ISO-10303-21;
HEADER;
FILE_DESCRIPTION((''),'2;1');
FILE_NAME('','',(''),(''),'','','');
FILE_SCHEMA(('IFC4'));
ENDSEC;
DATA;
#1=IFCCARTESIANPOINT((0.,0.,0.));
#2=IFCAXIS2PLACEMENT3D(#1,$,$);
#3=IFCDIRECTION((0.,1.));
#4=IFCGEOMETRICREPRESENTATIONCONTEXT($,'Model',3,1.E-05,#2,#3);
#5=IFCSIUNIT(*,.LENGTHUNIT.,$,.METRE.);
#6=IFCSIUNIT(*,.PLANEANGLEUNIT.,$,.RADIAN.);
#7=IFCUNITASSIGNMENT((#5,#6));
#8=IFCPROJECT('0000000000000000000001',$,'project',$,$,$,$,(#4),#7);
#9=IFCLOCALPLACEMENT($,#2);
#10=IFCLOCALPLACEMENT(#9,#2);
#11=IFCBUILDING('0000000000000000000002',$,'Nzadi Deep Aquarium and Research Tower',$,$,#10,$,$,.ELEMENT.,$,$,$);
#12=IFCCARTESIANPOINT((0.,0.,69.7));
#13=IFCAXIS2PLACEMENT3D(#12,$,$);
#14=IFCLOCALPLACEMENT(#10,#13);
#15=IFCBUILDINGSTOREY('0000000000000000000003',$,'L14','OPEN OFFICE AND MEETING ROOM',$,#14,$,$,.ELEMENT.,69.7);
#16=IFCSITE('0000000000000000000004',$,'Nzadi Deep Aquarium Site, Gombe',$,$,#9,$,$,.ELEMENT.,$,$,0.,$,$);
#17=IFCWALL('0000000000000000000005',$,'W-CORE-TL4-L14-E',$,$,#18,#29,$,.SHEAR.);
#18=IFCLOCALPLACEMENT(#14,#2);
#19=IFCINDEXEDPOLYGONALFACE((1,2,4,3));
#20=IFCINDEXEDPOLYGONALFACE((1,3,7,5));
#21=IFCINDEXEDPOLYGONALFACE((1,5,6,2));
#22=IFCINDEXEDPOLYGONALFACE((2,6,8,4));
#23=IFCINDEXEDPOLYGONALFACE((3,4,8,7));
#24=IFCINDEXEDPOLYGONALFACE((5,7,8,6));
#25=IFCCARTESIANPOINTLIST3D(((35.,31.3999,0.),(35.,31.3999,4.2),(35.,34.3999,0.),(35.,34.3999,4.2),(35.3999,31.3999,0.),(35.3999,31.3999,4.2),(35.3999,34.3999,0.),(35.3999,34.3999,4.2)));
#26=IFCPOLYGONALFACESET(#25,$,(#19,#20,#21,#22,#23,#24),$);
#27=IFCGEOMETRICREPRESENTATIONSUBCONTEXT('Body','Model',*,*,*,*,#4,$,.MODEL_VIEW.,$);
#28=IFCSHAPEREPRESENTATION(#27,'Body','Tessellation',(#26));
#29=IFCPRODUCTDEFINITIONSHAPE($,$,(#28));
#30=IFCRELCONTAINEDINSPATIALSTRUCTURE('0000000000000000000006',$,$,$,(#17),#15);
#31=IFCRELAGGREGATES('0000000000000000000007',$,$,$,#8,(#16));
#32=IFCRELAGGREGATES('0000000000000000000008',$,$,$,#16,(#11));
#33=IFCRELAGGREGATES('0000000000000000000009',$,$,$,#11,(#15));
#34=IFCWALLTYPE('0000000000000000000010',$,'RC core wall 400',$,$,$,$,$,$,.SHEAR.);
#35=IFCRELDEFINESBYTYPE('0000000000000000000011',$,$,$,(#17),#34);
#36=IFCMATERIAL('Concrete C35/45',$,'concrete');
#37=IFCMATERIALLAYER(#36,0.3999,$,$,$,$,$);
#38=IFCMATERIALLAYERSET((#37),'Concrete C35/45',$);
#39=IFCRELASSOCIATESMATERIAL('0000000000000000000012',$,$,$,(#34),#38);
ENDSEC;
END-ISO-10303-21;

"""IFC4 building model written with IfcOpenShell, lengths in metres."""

from ifc_helpers import new_model, si_unit, direction, frame, frame_2d, origin, place, context, subcontext, project, spatial, rectangle, extrude, material, layer, layer_set, type_object, element, save


model = new_model("IFC4")

# Units and contexts
model_context = context("Model", 3, precision=1e-05, world=origin(), true_north=direction((0.0, 1.0)))
body_context = subcontext(model_context, "Body", "Model", "MODEL_VIEW")
ifc_project = project(units=[si_unit("LENGTHUNIT", "METRE"), si_unit("PLANEANGLEUNIT", "RADIAN")], contexts=[model_context])

# Site, building, storey
site_placement = place(None, origin())
site = spatial("IfcSite", under=ifc_project, at=site_placement, Name="Nzadi Deep Aquarium Site, Gombe", CompositionType="ELEMENT", RefElevation=0.0)
building_placement = place(site_placement, origin())
building = spatial("IfcBuilding", under=site, at=building_placement, Name="Nzadi Deep Aquarium and Research Tower", CompositionType="ELEMENT")
storey_placement = place(building_placement, frame((0.0, 0.0, 69.7)))
storey = spatial("IfcBuildingStorey", under=building, at=storey_placement, Name="L14", Description="OPEN OFFICE AND MEETING ROOM", CompositionType="ELEMENT", Elevation=69.7)

# Shared definitions
ifc_material_1 = material(Name="Concrete C35/45", Category="concrete")
ifc_layer_1 = layer(ifc_material_1, 0.3999)
ifc_layer_set_1 = layer_set([ifc_layer_1], Name="Concrete C35/45")
wall_type_1 = type_object("IfcWallType", Name="RC core wall 400", PredefinedType="SHEAR", material=ifc_layer_set_1)

# Wall
for number, where, z_axis, x_axis, name in (
    (1, (35.2, 31.3999, 0.0), (0.0, 0.0, 1.0), (0.0, 1.0, 0.0), "W-CORE-TL4-L14-E"),
):
    element("IfcWall", number, at=place(storey_placement, frame(where, z_axis=z_axis, x_axis=x_axis)), inside=storey, type_object=wall_type_1, Name=name, PredefinedType="SHEAR", context=body_context, shape_type="SweptSolid", body=[
        extrude(rectangle(XDim=3.0, YDim=0.3999, at=frame_2d((1.5, 0.0))), origin(), (0.0, 0.0, 1.0), 4.2),
    ])

save(model, "model.ifc")
